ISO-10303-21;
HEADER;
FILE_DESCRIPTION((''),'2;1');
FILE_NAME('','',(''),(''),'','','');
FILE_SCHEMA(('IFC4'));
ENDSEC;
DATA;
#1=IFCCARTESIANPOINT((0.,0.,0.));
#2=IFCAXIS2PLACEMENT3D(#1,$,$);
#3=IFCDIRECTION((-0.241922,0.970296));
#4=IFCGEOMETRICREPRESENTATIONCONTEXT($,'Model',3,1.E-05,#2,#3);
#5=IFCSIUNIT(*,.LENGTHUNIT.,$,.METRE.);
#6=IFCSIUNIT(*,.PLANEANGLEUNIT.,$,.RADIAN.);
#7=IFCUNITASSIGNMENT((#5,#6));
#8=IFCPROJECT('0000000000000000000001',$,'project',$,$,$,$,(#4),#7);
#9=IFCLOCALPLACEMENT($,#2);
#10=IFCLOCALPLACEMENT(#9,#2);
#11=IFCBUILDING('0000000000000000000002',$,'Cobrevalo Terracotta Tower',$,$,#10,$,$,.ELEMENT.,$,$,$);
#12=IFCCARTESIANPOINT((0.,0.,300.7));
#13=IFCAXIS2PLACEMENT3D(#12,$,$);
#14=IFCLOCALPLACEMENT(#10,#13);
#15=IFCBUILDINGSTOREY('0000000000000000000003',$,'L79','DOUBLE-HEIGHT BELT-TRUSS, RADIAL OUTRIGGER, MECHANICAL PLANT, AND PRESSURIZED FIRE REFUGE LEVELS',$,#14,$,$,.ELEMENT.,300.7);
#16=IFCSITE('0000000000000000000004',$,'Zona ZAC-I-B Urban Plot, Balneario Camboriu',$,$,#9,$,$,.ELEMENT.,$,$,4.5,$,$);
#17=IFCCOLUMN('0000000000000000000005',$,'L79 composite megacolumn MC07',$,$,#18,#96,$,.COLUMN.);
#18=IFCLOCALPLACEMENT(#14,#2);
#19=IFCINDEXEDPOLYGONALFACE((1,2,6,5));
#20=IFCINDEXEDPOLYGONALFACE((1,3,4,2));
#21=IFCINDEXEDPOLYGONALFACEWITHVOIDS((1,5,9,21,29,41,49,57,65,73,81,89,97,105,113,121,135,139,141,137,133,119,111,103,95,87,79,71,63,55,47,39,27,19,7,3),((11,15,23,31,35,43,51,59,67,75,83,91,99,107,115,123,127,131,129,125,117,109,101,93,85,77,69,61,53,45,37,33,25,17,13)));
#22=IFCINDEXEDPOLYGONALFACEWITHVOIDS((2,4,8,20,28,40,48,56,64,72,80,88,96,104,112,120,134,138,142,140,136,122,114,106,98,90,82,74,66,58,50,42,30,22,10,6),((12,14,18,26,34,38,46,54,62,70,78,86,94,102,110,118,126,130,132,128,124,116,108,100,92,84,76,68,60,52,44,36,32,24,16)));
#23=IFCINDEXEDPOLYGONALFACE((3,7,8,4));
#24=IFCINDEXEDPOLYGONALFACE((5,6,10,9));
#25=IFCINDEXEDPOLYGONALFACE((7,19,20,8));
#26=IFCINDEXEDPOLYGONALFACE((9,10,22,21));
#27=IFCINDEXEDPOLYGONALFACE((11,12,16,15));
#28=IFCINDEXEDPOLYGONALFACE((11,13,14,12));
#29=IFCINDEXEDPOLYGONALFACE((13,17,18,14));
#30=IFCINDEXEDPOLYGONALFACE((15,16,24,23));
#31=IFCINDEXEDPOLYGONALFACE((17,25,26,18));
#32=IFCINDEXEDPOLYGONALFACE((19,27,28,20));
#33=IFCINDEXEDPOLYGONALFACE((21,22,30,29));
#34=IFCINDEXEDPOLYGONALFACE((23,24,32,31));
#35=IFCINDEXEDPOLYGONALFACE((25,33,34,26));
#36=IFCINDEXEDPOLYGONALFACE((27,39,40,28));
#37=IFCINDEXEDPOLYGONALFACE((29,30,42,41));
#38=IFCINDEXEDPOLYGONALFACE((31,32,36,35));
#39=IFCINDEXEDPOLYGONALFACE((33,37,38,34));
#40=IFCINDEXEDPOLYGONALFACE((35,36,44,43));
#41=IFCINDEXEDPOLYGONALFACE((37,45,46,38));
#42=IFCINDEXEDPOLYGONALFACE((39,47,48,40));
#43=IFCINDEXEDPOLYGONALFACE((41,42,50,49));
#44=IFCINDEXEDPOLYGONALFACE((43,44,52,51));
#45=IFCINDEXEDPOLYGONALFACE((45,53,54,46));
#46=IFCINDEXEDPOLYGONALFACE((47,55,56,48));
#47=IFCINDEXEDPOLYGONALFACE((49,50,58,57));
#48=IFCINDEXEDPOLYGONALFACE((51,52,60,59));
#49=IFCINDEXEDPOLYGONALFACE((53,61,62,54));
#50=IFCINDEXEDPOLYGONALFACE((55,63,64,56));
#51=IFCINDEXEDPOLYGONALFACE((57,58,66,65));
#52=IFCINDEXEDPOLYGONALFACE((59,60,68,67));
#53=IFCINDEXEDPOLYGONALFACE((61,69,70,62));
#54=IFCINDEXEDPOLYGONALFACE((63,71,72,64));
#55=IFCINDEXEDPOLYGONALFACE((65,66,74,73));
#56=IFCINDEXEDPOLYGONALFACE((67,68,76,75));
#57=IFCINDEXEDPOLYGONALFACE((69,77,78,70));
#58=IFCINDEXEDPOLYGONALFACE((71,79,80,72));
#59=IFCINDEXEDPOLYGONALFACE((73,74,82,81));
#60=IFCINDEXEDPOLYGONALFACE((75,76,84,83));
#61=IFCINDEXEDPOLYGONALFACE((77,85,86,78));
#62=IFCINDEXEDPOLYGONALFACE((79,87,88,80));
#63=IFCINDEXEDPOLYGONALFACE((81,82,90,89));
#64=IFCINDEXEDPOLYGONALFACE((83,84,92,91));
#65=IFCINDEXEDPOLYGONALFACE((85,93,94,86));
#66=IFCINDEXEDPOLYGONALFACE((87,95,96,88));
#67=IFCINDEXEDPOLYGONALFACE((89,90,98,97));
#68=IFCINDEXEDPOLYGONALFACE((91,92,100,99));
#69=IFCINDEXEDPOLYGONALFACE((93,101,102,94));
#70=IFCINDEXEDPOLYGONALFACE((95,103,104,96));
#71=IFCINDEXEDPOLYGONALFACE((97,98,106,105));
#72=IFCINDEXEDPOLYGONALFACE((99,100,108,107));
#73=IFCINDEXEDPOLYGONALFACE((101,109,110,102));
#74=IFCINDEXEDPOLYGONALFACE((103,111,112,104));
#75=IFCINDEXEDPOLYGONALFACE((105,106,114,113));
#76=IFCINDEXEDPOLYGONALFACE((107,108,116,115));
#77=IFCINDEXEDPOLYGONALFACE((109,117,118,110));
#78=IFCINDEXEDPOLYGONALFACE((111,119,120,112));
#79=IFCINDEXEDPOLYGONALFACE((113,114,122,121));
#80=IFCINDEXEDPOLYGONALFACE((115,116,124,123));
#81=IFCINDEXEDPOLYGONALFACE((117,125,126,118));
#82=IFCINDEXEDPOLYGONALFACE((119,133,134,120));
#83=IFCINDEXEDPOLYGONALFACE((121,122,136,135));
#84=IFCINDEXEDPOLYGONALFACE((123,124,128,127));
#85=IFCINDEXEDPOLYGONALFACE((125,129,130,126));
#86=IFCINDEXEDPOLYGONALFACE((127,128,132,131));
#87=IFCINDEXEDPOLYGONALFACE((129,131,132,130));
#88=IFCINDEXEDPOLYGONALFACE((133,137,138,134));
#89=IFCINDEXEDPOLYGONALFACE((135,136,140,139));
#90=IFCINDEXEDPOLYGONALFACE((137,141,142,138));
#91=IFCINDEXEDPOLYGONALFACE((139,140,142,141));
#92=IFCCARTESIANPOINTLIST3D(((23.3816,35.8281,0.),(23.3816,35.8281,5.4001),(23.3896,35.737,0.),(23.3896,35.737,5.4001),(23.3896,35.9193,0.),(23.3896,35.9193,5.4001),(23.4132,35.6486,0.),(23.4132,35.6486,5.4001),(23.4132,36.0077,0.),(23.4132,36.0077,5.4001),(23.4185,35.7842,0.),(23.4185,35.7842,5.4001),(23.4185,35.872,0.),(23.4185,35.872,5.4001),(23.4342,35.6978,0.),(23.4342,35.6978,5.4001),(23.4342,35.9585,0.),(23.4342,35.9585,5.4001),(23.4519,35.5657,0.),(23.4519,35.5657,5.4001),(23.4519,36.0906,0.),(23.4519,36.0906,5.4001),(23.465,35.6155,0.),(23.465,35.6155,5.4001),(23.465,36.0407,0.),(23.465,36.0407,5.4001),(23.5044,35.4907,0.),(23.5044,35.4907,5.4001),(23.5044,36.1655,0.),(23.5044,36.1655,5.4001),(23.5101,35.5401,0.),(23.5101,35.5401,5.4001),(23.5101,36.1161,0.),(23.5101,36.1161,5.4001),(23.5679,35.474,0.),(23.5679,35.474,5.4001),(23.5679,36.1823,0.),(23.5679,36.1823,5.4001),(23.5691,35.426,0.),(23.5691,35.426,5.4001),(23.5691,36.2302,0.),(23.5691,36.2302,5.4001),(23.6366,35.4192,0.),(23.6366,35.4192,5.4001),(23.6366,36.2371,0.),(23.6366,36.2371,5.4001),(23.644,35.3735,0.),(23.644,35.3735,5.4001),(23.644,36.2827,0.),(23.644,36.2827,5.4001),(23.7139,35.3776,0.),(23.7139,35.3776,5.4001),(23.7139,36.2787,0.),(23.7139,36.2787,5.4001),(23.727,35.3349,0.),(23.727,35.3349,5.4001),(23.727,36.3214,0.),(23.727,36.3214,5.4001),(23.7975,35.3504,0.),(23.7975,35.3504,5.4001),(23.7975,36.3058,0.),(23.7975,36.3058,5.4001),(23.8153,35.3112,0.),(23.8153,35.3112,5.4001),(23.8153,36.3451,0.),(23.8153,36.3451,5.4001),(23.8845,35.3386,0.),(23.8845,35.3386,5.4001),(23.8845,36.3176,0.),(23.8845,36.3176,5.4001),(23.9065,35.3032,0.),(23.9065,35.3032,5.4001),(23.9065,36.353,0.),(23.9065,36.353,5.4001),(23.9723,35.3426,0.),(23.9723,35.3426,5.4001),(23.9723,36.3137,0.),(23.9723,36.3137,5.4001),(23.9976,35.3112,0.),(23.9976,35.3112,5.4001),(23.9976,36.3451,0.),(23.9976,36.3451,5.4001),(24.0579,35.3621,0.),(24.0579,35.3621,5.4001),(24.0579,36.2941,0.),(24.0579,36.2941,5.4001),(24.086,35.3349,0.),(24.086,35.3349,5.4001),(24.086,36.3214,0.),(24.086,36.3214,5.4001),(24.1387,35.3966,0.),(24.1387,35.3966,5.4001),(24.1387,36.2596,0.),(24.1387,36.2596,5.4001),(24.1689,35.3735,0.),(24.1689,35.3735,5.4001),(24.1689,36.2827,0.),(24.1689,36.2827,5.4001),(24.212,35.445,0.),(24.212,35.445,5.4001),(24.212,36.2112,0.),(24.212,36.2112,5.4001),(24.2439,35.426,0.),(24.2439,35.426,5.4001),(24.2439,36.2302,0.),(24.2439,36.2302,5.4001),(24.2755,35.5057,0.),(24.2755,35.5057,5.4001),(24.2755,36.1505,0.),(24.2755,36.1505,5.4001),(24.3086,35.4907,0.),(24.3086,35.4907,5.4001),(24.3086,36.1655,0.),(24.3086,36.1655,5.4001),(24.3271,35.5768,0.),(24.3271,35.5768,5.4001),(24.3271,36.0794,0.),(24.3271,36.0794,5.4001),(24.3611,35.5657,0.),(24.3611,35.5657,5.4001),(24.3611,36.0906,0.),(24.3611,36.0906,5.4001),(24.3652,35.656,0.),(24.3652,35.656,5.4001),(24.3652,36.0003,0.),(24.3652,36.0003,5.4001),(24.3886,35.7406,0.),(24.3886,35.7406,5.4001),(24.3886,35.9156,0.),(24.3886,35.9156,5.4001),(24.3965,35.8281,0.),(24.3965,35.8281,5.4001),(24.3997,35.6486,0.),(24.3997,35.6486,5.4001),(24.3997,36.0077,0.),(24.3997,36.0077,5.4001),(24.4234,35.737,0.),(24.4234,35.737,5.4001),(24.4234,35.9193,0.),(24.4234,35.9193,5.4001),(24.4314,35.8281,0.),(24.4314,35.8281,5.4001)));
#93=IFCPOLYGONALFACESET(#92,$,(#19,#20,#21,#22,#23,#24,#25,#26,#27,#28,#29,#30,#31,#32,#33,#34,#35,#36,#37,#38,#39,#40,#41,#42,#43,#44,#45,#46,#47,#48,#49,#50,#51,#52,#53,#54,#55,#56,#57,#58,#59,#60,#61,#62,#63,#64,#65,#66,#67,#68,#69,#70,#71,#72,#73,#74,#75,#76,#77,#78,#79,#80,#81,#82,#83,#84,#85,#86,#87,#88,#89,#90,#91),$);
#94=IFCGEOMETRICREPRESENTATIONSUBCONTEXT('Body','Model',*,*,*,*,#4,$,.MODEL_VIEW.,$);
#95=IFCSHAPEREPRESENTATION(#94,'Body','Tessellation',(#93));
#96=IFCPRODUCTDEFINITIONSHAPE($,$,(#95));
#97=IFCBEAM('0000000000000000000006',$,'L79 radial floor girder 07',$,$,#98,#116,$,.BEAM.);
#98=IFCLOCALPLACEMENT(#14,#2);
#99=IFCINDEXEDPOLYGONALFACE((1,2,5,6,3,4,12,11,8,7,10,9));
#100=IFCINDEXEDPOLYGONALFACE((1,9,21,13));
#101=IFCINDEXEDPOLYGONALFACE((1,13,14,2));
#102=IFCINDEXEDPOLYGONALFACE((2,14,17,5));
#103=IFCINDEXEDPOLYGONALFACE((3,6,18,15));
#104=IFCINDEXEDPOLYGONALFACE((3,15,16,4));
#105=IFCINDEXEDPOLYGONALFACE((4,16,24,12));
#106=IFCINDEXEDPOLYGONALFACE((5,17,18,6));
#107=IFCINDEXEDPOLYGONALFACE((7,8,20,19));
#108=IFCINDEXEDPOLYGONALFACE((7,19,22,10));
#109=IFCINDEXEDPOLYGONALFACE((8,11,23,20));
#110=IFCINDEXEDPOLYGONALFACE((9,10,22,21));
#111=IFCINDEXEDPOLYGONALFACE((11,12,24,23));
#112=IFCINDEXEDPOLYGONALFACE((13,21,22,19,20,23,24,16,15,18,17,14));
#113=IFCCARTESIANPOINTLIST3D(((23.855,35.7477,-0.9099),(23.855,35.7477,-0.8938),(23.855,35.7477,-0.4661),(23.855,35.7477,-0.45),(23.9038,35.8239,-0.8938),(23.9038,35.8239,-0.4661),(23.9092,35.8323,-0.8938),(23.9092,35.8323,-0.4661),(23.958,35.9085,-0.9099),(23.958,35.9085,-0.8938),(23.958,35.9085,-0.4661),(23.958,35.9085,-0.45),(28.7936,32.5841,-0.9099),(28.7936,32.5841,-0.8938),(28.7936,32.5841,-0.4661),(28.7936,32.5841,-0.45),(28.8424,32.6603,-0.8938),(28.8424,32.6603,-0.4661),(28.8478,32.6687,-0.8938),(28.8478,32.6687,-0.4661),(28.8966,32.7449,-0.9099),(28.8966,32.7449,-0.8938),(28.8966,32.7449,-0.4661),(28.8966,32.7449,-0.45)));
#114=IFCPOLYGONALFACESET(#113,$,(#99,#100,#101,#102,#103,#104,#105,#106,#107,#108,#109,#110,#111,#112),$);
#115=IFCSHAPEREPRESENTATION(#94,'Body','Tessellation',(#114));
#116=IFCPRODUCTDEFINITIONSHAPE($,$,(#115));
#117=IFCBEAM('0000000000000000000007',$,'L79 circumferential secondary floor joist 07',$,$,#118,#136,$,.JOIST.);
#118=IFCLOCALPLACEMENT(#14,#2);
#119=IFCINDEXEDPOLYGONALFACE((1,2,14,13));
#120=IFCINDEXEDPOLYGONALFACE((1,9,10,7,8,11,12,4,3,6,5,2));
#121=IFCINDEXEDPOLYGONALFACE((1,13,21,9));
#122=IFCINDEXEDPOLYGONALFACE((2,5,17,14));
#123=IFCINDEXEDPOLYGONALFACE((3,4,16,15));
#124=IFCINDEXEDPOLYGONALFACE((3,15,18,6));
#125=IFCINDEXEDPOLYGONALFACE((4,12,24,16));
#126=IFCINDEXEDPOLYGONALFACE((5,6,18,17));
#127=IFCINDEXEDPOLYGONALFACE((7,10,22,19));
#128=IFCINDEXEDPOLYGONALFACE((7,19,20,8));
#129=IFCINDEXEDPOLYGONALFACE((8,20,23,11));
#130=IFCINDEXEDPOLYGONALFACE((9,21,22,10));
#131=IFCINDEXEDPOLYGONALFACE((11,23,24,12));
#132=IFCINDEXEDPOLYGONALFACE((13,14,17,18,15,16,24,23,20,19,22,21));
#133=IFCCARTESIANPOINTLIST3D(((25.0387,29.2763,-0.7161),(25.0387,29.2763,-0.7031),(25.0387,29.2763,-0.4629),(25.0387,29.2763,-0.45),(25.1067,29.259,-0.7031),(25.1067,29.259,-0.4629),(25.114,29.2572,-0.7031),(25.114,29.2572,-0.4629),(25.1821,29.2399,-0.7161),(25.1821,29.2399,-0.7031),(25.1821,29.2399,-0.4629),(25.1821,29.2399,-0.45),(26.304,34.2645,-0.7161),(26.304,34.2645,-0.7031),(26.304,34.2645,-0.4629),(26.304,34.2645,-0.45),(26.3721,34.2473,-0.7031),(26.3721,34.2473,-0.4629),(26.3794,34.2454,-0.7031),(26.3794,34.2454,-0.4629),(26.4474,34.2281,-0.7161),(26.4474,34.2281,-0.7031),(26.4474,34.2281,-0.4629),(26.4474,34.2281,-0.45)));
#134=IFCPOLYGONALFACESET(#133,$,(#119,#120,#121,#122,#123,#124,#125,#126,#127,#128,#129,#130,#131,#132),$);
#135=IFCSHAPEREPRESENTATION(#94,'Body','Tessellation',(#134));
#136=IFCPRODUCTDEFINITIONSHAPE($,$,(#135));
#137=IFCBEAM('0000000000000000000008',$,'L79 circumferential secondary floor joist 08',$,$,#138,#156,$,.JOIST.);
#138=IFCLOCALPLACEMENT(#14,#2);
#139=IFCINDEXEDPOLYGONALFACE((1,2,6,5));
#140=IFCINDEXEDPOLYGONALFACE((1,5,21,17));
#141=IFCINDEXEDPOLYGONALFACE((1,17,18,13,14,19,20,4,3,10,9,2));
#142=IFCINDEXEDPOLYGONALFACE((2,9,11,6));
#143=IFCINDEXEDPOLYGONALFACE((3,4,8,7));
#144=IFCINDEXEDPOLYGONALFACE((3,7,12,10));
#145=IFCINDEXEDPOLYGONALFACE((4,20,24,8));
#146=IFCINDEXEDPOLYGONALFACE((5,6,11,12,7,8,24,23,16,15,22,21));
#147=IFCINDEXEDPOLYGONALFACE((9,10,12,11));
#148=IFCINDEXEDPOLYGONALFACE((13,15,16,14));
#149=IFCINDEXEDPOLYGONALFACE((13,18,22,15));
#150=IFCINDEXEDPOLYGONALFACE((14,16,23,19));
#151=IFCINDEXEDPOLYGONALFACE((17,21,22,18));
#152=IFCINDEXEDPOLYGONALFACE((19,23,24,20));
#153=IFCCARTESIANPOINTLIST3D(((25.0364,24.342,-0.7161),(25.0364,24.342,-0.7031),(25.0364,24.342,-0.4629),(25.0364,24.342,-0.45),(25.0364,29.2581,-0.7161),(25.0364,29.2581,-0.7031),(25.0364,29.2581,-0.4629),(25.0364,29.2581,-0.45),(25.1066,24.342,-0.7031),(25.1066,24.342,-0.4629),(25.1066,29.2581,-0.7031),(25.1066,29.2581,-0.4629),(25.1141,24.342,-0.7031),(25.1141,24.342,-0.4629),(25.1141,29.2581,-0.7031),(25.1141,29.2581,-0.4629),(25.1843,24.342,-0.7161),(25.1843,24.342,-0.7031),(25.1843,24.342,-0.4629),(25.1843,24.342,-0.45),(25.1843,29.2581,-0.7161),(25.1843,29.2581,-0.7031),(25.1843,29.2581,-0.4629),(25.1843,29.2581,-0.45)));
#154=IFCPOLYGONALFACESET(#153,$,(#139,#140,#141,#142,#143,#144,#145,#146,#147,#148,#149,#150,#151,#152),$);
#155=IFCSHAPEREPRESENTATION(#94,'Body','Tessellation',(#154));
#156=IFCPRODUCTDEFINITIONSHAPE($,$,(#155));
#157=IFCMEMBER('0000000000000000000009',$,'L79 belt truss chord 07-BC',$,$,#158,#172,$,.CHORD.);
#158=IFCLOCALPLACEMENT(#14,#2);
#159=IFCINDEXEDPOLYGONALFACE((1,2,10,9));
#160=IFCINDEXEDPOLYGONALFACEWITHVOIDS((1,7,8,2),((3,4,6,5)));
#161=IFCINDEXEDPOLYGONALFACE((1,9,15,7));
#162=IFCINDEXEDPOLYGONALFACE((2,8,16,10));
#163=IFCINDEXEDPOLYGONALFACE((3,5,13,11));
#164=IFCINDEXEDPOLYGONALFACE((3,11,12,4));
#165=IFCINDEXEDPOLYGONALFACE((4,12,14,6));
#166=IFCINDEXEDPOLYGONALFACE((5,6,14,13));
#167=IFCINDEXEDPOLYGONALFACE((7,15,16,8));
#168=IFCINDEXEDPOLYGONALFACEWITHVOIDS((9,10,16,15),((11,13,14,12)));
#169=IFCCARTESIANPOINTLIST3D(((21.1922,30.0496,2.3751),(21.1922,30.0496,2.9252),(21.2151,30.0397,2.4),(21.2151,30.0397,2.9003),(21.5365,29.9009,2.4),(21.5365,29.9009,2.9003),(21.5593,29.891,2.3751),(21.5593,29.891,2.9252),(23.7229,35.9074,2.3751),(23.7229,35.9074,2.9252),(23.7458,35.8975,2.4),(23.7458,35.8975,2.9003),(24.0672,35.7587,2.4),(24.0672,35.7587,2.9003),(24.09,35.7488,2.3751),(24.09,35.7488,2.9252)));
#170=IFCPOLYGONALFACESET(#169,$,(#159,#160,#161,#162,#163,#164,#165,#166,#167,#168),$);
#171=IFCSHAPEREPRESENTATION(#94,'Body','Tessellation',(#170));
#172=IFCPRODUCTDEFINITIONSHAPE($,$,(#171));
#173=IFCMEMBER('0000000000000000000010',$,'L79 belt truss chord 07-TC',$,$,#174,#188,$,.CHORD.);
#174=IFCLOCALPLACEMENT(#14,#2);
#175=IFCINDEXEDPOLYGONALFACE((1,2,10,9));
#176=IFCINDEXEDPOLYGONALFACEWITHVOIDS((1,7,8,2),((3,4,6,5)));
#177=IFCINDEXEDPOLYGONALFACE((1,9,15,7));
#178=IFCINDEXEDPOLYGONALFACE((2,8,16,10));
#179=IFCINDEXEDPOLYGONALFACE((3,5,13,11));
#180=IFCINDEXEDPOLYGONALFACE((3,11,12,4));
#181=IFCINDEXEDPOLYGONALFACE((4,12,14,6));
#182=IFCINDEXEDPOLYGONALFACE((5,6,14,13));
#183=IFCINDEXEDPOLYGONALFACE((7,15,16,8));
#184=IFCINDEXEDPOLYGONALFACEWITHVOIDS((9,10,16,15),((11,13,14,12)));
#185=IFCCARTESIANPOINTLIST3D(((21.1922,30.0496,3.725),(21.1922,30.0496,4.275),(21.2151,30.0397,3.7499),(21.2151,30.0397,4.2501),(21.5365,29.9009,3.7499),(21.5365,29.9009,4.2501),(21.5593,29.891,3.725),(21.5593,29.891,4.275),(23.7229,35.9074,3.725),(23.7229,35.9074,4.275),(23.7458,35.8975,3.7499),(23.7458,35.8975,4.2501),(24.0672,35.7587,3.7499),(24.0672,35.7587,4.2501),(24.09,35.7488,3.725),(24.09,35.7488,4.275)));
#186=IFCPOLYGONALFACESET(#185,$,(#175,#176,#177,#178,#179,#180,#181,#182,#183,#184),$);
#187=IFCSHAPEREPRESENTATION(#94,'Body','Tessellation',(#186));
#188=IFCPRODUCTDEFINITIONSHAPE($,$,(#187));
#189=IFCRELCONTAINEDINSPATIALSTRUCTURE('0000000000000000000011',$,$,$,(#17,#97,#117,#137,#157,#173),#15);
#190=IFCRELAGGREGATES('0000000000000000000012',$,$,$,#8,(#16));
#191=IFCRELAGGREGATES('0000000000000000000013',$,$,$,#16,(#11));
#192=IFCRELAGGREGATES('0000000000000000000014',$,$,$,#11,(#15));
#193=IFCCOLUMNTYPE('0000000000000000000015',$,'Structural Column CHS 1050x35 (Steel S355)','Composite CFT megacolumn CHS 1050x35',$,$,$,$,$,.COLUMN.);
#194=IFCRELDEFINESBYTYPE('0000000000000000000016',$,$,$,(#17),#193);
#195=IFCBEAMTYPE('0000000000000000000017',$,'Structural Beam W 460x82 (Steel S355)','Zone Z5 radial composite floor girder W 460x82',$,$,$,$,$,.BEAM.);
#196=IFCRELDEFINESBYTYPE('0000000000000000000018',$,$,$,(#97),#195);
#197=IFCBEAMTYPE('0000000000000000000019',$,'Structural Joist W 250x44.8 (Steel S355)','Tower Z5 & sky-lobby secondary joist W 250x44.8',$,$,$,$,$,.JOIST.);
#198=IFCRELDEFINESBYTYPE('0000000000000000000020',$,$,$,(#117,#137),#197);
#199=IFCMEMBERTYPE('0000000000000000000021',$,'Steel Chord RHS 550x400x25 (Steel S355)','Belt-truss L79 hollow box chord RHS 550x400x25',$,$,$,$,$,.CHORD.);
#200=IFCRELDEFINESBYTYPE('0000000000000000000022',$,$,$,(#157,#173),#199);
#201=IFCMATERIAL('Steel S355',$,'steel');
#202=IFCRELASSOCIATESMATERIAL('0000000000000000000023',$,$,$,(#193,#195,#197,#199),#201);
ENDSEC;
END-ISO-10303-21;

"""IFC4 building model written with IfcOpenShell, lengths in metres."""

from ifc_helpers import new_model, si_unit, direction, frame, origin, origin_2d, place, context, subcontext, project, spatial, hollow_rectangle, hollow_circle, i_section, extrude, source, transform, mapped, material, material_profile, profile_set, type_object, element, save


model = new_model("IFC4")

# Units and contexts
model_context = context("Model", 3, precision=1e-05, world=origin(), true_north=direction((-0.241922, 0.970296)))
body_context = subcontext(model_context, "Body", "Model", "MODEL_VIEW")
ifc_project = project(units=[si_unit("LENGTHUNIT", "METRE"), si_unit("PLANEANGLEUNIT", "RADIAN")], contexts=[model_context])

# Site, building, storey
site_placement = place(None, origin())
site = spatial("IfcSite", under=ifc_project, at=site_placement, Name="Zona ZAC-I-B Urban Plot, Balneario Camboriu", CompositionType="ELEMENT", RefElevation=4.5)
building_placement = place(site_placement, origin())
building = spatial("IfcBuilding", under=site, at=building_placement, Name="Cobrevalo Terracotta Tower", CompositionType="ELEMENT")
storey_placement = place(building_placement, frame((0.0, 0.0, 300.7)))
storey = spatial("IfcBuildingStorey", under=building, at=storey_placement, Name="L79", Description="DOUBLE-HEIGHT BELT-TRUSS, RADIAL OUTRIGGER, MECHANICAL PLANT, AND PRESSURIZED FIRE REFUGE LEVELS", CompositionType="ELEMENT", Elevation=300.7)

# Column
ifc_material_1 = material(Name="Steel S355", Category="steel")
ifc_material_profile_1 = material_profile(ifc_material_1, hollow_circle(Radius=0.5249, WallThickness=0.0349, at=origin_2d()), Name="CHS 1050x35")
ifc_profile_set_1 = profile_set([ifc_material_profile_1], Name="Steel S355")
column_type = type_object("IfcColumnType", Name="Structural Column CHS 1050x35 (Steel S355)", Description="Composite CFT megacolumn CHS 1050x35", PredefinedType="COLUMN", material=ifc_profile_set_1)
column_placement = place(storey_placement, frame((23.9065, 35.8281, 0.0), z_axis=(0.0, 0.0, 1.0), x_axis=(1.0, 0.0, 0.0)))
element("IfcColumn", 1, at=column_placement, inside=storey, type_object=column_type, Name="L79 composite megacolumn MC07", PredefinedType="COLUMN", context=body_context, shape_type="SweptSolid", body=[
    extrude(hollow_circle(Radius=0.5249, WallThickness=0.0349, at=origin_2d()), origin(), (0.0, 0.0, 1.0), 5.4001),
])

# Beams
ifc_material_profile_2 = material_profile(ifc_material_1, i_section(OverallWidth=0.1909, OverallDepth=0.46, WebThickness=0.01, FlangeThickness=0.0161, at=origin_2d()), Name="W 460x82")
ifc_profile_set_2 = profile_set([ifc_material_profile_2], Name="Steel S355")
beam_type_1 = type_object("IfcBeamType", Name="Structural Beam W 460x82 (Steel S355)", Description="Zone Z5 radial composite floor girder W 460x82", PredefinedType="BEAM", material=ifc_profile_set_2)
beam_1_placement = place(storey_placement, frame((23.9065, 35.8281, -0.6799), z_axis=(0.842043, -0.53941, 0.0), x_axis=(0.53941, 0.842043, 0.0)))
element("IfcBeam", 2, at=beam_1_placement, inside=storey, type_object=beam_type_1, Name="L79 radial floor girder 07", PredefinedType="BEAM", context=body_context, shape_type="SweptSolid", body=[
    extrude(i_section(OverallWidth=0.1909, OverallDepth=0.46, WebThickness=0.01, FlangeThickness=0.0161, at=origin_2d()), origin(), (0.0, 0.0, 1.0), 5.865),
])
ifc_material_profile_3 = material_profile(ifc_material_1, i_section(OverallWidth=0.1479, OverallDepth=0.2661, WebThickness=0.0076, FlangeThickness=0.0129, at=origin_2d()), Name="W 250x44.8")
ifc_profile_set_3 = profile_set([ifc_material_profile_3], Name="Steel S355")
beam_type_2 = type_object("IfcBeamType", Name="Structural Joist W 250x44.8 (Steel S355)", Description="Tower Z5 & sky-lobby secondary joist W 250x44.8", PredefinedType="JOIST", material=ifc_profile_set_3)
beam_2_placement = place(storey_placement, frame((26.3757, 34.2463, -0.583), z_axis=(-0.245883, -0.9693, 0.0), x_axis=(0.9693, -0.245883, 0.0)))
element("IfcBeam", 3, at=beam_2_placement, inside=storey, type_object=beam_type_2, Name="L79 circumferential secondary floor joist 07", PredefinedType="JOIST", context=body_context, shape_type="SweptSolid", body=[
    extrude(i_section(OverallWidth=0.1479, OverallDepth=0.2661, WebThickness=0.0076, FlangeThickness=0.0129, at=origin_2d()), origin(), (0.0, 0.0, 1.0), 5.1462),
])
beam_3_placement = place(storey_placement, frame((25.1104, 29.2581, -0.583), z_axis=(0.0, -1.0, 0.0), x_axis=(1.0, 0.0, 0.0)))
element("IfcBeam", 4, at=beam_3_placement, inside=storey, type_object=beam_type_2, Name="L79 circumferential secondary floor joist 08", PredefinedType="JOIST", context=body_context, shape_type="SweptSolid", body=[
    extrude(i_section(OverallWidth=0.1479, OverallDepth=0.2661, WebThickness=0.0076, FlangeThickness=0.0129, at=origin_2d()), origin(), (0.0, 0.0, 1.0), 4.916),
])

# Members
ifc_material_profile_4 = material_profile(ifc_material_1, hollow_rectangle(XDim=0.3999, YDim=0.55, WallThickness=0.0249, at=origin_2d()), Name="RHS 550x400x25")
ifc_profile_set_4 = profile_set([ifc_material_profile_4], Name="Steel S355")
member_type_1 = type_object("IfcMemberType", Name="Steel Chord RHS 550x400x25 (Steel S355)", Description="Belt-truss L79 hollow box chord RHS 550x400x25", PredefinedType="CHORD", material=ifc_profile_set_4)
shared_shape_1 = source(origin(), body_context, "Body", "SweptSolid", [
    extrude(hollow_rectangle(XDim=0.3999, YDim=0.55, WallThickness=0.0249, at=origin_2d()), origin(), (0.0, 0.0, 1.0), 6.3811),
])
for number, where, z_axis, x_axis, name in (
    (5, (23.9065, 35.8281, 2.6501), (-0.396596, -0.917993, 0.0), (0.917993, -0.396596, 0.0), "L79 belt truss chord 07-BC"),
    (6, (23.9065, 35.8281, 4.0), (-0.396596, -0.917993, 0.0), (0.917993, -0.396596, 0.0), "L79 belt truss chord 07-TC"),
):
    element("IfcMember", number, at=place(storey_placement, frame(where, z_axis=z_axis, x_axis=x_axis)), inside=storey, type_object=member_type_1, Name=name, PredefinedType="CHORD", context=body_context, shape_type="MappedRepresentation", body=[
        mapped(shared_shape_1, transform((0.0, 0.0, 0.0), scale=1.0)),
    ])

save(model, "model.ifc")
